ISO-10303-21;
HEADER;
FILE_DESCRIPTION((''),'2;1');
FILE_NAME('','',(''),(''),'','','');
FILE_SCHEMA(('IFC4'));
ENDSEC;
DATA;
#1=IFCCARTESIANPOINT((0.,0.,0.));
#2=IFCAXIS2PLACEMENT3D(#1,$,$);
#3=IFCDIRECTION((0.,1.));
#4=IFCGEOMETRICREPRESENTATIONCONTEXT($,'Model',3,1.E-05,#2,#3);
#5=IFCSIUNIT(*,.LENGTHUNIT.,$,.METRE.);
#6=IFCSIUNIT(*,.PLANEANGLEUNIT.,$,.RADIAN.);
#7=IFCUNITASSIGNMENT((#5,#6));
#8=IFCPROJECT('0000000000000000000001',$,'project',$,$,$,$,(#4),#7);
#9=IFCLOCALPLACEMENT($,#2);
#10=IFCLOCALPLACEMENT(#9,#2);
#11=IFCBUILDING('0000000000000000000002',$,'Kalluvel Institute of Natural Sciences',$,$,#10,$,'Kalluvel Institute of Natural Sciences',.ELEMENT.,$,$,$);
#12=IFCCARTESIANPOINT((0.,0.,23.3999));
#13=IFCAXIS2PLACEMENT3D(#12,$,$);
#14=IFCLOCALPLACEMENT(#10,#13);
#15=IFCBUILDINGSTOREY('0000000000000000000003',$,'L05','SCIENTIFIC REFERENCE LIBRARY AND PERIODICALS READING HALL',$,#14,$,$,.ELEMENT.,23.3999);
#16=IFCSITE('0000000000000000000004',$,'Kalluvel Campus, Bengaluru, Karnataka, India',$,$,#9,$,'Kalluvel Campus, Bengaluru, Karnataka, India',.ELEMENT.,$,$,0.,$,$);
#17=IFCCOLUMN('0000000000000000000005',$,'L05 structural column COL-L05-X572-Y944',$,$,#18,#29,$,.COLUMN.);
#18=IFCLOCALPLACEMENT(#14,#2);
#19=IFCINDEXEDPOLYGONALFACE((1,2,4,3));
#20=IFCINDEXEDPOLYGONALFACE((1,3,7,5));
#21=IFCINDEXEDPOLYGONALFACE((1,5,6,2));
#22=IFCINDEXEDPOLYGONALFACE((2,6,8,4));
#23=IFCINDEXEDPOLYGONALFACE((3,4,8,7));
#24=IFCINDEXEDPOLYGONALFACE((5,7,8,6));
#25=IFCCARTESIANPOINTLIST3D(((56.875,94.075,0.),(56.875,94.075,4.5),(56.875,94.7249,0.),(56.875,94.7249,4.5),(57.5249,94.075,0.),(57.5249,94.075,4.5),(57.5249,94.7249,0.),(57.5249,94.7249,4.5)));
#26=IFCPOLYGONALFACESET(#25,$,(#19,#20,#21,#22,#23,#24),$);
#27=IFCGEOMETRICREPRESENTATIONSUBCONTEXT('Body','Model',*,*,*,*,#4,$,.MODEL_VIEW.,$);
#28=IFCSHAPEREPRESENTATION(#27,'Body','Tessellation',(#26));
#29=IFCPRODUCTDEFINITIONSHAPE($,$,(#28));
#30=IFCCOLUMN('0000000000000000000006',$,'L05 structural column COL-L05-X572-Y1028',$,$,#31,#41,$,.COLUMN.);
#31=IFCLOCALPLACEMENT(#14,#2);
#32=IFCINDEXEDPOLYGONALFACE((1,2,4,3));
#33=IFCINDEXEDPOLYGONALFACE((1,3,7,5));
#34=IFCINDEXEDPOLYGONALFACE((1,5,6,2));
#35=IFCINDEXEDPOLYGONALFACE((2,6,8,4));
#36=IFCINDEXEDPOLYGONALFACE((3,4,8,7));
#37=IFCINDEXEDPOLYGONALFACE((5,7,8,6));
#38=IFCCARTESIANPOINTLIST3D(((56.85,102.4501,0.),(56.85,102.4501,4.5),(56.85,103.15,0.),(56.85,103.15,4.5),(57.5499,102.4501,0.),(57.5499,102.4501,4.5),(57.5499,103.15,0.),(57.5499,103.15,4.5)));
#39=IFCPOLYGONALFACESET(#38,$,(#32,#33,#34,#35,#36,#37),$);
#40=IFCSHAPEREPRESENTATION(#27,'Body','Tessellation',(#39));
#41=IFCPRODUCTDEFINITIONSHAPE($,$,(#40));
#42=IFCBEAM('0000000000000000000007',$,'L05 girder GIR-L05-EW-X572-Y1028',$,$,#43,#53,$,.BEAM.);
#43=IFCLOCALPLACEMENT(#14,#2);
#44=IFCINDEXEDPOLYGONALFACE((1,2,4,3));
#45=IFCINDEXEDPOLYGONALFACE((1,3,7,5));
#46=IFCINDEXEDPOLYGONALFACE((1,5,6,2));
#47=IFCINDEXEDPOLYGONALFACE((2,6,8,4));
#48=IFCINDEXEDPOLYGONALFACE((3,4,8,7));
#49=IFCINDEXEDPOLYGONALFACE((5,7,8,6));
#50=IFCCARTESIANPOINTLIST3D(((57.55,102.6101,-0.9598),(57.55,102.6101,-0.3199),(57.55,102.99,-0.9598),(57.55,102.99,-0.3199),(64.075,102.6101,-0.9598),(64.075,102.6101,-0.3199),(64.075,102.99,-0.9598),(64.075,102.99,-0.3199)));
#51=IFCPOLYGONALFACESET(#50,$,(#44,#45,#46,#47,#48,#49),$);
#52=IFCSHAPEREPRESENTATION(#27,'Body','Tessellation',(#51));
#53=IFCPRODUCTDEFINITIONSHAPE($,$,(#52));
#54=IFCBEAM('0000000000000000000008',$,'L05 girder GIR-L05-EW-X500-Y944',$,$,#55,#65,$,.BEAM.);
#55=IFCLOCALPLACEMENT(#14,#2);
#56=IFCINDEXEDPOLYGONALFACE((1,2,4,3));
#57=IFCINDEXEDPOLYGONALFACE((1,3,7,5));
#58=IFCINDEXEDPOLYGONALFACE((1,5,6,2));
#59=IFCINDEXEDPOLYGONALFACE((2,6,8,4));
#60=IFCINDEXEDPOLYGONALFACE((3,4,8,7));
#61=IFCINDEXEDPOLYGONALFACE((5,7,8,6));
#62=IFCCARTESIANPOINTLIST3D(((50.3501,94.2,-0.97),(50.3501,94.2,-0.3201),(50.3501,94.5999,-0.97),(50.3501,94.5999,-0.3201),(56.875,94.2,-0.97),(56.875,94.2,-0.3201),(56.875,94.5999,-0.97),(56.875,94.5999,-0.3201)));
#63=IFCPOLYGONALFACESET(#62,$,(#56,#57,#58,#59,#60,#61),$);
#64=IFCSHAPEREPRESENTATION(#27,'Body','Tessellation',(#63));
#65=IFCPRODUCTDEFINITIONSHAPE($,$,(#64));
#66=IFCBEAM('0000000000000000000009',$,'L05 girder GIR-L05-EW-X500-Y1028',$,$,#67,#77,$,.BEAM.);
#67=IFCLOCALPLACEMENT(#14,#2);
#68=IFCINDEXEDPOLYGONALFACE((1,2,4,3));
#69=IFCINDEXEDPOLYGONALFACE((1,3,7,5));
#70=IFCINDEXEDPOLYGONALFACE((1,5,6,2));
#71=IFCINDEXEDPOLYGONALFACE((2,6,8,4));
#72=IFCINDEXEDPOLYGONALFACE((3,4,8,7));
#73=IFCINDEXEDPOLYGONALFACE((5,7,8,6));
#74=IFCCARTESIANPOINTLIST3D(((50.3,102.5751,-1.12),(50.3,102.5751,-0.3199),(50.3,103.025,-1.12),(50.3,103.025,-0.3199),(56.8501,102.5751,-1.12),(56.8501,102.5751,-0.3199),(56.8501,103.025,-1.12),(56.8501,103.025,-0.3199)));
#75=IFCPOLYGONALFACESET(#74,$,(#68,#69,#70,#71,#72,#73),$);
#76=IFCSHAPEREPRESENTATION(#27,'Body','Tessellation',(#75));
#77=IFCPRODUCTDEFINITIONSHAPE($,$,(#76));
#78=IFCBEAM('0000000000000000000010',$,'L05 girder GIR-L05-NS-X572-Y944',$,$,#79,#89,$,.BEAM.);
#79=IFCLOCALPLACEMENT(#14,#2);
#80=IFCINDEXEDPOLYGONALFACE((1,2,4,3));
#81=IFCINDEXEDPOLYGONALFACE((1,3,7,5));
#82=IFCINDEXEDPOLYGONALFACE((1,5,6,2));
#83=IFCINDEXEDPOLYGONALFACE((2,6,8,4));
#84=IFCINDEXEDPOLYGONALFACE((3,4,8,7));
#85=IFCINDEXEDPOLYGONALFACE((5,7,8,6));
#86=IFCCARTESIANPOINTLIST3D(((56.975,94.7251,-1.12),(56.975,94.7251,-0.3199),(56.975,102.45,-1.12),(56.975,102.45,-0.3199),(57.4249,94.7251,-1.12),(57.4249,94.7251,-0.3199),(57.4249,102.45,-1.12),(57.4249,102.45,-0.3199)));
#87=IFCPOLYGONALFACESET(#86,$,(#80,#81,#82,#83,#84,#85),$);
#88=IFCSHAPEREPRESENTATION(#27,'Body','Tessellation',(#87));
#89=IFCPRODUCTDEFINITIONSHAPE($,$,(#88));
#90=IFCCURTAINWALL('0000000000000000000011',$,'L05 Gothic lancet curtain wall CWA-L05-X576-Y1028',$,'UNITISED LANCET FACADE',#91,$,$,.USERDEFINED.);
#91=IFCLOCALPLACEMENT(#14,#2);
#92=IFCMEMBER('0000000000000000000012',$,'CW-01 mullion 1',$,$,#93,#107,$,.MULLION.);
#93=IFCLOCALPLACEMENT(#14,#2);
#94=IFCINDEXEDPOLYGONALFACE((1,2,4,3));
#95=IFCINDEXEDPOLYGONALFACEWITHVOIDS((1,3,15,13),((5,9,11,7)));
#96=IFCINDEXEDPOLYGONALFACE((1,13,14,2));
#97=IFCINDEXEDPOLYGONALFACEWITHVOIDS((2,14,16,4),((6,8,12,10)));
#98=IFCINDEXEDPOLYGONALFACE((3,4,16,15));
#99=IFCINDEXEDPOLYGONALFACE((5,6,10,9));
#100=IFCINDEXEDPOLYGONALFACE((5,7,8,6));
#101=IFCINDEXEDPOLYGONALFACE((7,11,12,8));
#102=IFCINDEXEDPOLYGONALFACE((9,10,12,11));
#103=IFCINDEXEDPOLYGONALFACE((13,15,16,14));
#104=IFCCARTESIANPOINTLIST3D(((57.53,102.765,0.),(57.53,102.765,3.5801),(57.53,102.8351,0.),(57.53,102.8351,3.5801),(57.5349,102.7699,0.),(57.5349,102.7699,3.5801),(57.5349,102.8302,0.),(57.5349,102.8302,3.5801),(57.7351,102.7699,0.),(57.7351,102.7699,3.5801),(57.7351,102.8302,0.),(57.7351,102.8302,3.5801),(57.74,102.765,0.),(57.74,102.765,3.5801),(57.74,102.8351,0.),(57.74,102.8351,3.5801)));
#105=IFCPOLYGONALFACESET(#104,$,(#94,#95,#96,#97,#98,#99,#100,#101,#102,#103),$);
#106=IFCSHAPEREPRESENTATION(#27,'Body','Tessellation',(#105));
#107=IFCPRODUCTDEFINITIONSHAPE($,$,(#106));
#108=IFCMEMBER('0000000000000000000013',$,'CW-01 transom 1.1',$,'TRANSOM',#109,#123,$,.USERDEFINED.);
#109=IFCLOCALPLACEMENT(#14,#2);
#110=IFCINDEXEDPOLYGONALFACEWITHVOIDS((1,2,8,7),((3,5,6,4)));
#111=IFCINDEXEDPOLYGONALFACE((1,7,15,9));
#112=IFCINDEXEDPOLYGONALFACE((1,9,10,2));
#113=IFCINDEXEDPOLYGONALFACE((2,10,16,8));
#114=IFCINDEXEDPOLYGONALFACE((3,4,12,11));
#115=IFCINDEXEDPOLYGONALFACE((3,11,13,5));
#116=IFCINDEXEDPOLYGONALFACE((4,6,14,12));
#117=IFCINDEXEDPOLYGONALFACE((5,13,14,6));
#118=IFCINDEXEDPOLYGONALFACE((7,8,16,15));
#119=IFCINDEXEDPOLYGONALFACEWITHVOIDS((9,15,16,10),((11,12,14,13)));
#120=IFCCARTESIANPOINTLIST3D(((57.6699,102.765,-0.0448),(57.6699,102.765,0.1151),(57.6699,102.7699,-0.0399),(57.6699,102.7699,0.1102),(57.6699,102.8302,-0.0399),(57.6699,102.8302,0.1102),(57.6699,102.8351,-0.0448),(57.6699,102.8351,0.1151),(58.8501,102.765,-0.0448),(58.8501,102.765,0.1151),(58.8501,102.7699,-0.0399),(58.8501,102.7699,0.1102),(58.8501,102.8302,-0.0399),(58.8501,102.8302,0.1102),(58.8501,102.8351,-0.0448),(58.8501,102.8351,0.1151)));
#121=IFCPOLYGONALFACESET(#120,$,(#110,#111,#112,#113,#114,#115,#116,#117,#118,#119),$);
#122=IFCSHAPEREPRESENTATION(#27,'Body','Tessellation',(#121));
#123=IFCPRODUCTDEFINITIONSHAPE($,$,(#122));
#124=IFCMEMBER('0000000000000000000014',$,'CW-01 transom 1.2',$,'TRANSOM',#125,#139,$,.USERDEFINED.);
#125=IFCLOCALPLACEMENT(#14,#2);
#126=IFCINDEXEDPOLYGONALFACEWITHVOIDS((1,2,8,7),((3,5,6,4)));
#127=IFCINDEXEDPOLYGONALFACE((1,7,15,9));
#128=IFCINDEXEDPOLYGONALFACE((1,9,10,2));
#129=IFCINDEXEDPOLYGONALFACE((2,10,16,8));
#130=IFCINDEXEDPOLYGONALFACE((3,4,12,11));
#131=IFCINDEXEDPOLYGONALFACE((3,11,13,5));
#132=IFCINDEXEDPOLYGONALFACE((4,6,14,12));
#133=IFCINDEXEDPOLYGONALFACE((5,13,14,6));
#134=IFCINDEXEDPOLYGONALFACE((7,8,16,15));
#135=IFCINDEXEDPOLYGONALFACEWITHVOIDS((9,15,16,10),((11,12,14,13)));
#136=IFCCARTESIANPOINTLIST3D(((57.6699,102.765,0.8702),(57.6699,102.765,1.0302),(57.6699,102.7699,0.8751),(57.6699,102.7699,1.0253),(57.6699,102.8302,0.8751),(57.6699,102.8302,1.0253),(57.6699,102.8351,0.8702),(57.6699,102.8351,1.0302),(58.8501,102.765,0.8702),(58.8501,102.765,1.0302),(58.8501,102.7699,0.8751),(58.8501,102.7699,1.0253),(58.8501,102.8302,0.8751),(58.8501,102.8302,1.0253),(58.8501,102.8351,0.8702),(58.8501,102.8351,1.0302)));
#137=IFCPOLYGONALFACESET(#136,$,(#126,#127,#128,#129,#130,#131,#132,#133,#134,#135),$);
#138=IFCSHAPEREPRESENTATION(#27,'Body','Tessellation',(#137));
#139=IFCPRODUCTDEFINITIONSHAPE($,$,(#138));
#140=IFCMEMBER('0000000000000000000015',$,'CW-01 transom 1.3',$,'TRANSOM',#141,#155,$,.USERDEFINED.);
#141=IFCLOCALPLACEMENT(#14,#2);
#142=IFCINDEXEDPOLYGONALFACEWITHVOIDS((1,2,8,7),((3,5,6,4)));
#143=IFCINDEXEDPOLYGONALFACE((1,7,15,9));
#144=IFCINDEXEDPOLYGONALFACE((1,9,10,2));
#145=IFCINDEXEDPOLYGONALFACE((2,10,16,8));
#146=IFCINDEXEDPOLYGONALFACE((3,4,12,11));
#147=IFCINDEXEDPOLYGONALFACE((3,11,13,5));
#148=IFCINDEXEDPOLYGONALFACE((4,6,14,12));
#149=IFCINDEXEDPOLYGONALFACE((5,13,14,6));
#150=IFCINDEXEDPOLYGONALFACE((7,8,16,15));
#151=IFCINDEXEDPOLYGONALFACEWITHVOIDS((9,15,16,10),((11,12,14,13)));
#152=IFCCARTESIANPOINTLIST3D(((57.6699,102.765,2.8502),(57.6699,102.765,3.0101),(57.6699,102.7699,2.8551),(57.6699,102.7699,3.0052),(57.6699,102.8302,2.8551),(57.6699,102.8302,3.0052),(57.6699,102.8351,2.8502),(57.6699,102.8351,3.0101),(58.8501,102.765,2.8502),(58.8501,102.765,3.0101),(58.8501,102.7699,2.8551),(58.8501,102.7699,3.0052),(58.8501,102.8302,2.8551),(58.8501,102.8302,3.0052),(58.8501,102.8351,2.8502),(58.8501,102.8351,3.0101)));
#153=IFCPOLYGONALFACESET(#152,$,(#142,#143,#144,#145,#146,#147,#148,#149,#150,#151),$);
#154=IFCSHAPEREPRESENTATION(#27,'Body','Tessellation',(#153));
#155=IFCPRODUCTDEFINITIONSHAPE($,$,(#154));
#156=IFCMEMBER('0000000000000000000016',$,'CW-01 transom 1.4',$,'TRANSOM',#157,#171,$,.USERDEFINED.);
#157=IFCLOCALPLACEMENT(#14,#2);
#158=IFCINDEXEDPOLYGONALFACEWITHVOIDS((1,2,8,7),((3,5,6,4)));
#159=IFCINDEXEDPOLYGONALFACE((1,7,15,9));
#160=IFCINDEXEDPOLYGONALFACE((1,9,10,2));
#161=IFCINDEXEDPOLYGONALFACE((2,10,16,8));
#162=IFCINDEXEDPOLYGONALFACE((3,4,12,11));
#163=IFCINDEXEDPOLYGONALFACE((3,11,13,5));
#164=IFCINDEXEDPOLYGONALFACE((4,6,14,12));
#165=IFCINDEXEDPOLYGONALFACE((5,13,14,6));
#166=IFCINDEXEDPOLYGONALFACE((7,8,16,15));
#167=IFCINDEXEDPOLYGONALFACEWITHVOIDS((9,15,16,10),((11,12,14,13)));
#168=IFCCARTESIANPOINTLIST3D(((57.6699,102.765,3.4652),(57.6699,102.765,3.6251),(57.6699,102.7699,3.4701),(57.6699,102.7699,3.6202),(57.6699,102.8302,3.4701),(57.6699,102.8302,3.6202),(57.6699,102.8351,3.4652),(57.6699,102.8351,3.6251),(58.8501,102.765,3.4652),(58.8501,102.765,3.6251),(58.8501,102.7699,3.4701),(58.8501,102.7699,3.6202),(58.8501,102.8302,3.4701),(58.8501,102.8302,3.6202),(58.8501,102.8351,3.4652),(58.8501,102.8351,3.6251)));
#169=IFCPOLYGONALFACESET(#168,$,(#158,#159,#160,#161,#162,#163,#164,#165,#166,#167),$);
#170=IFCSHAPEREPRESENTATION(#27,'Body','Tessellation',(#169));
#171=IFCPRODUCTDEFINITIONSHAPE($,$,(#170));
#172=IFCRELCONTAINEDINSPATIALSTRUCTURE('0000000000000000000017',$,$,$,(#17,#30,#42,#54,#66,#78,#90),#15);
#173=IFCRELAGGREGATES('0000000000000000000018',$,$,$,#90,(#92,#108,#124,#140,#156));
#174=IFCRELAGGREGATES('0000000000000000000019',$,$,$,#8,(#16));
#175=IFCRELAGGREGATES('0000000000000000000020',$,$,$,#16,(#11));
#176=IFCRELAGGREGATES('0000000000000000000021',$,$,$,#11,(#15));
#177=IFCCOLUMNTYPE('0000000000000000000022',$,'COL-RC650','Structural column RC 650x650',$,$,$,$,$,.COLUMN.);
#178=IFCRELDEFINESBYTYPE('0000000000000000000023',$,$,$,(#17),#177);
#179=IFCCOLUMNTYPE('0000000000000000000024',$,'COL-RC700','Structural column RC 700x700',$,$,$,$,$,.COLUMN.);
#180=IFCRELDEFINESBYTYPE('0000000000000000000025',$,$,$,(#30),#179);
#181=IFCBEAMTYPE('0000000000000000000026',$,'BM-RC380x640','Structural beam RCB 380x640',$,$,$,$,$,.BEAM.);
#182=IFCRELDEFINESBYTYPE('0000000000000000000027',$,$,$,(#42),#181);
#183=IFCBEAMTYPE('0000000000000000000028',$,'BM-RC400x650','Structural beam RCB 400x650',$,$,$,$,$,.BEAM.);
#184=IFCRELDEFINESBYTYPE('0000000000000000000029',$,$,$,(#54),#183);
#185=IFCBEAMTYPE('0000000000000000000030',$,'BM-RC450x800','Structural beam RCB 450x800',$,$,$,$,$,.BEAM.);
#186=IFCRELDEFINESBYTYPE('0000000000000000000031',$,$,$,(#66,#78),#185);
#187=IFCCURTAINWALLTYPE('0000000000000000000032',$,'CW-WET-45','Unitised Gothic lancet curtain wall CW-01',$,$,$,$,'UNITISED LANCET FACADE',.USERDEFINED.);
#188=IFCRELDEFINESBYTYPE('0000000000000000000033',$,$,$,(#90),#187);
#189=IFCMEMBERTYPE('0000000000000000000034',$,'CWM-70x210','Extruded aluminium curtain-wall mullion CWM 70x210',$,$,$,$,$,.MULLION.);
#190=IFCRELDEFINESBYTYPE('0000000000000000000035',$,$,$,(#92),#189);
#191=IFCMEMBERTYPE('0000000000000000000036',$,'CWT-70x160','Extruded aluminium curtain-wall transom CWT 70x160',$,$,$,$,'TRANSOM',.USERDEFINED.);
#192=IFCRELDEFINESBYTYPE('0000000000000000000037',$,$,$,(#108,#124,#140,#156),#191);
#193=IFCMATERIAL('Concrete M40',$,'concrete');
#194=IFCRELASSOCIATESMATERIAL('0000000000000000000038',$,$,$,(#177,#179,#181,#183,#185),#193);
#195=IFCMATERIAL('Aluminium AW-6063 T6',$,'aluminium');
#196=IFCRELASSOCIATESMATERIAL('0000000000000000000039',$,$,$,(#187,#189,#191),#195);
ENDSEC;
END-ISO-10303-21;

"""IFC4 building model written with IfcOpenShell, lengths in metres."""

from ifc_helpers import new_model, si_unit, direction, frame, origin, origin_2d, place, context, subcontext, project, spatial, rectangle, hollow_rectangle, extrude, material, material_profile, profile_set, type_object, element, aggregate, save


model = new_model("IFC4")

# Units and contexts
model_context = context("Model", 3, precision=1e-05, world=origin(), true_north=direction((0.0, 1.0)))
body_context = subcontext(model_context, "Body", "Model", "MODEL_VIEW")
ifc_project = project(units=[si_unit("LENGTHUNIT", "METRE"), si_unit("PLANEANGLEUNIT", "RADIAN")], contexts=[model_context])

# Site, building, storey
site_placement = place(None, origin())
site = spatial("IfcSite", under=ifc_project, at=site_placement, Name="Kalluvel Campus, Bengaluru, Karnataka, India", LongName="Kalluvel Campus, Bengaluru, Karnataka, India", CompositionType="ELEMENT", RefElevation=0.0)
building_placement = place(site_placement, origin())
building = spatial("IfcBuilding", under=site, at=building_placement, Name="Kalluvel Institute of Natural Sciences", LongName="Kalluvel Institute of Natural Sciences", CompositionType="ELEMENT")
storey_placement = place(building_placement, frame((0.0, 0.0, 23.3999)))
storey = spatial("IfcBuildingStorey", under=building, at=storey_placement, Name="L05", Description="SCIENTIFIC REFERENCE LIBRARY AND PERIODICALS READING HALL", CompositionType="ELEMENT", Elevation=23.3999)

# Columns
ifc_material_1 = material(Name="Concrete M40", Category="concrete")
ifc_material_profile_1 = material_profile(ifc_material_1, rectangle(XDim=0.6499, YDim=0.6499, at=origin_2d()), Name="RC 650x650")
ifc_profile_set_1 = profile_set([ifc_material_profile_1], Name="Concrete M40")
column_type_1 = type_object("IfcColumnType", Name="COL-RC650", Description="Structural column RC 650x650", PredefinedType="COLUMN", material=ifc_profile_set_1)
column_1_placement = place(storey_placement, frame((57.2, 94.3999, 0.0), z_axis=(0.0, 0.0, 1.0), x_axis=(1.0, 0.0, 0.0)))
element("IfcColumn", 1, at=column_1_placement, inside=storey, type_object=column_type_1, Name="L05 structural column COL-L05-X572-Y944", PredefinedType="COLUMN", context=body_context, shape_type="SweptSolid", body=[
    extrude(rectangle(XDim=0.6499, YDim=0.6499, at=origin_2d()), origin(), (0.0, 0.0, 1.0), 4.5),
])
ifc_material_profile_2 = material_profile(ifc_material_1, rectangle(XDim=0.7, YDim=0.7, at=origin_2d()), Name="RC 700x700")
ifc_profile_set_2 = profile_set([ifc_material_profile_2], Name="Concrete M40")
column_type_2 = type_object("IfcColumnType", Name="COL-RC700", Description="Structural column RC 700x700", PredefinedType="COLUMN", material=ifc_profile_set_2)
column_2_placement = place(storey_placement, frame((57.2, 102.8, 0.0), z_axis=(0.0, 0.0, 1.0), x_axis=(1.0, 0.0, 0.0)))
element("IfcColumn", 2, at=column_2_placement, inside=storey, type_object=column_type_2, Name="L05 structural column COL-L05-X572-Y1028", PredefinedType="COLUMN", context=body_context, shape_type="SweptSolid", body=[
    extrude(rectangle(XDim=0.7, YDim=0.7, at=origin_2d()), origin(), (0.0, 0.0, 1.0), 4.5),
])

# Beams
ifc_material_profile_3 = material_profile(ifc_material_1, rectangle(XDim=0.3799, YDim=0.6399, at=origin_2d()), Name="RCB 380x640")
ifc_profile_set_3 = profile_set([ifc_material_profile_3], Name="Concrete M40")
beam_type_1 = type_object("IfcBeamType", Name="BM-RC380x640", Description="Structural beam RCB 380x640", PredefinedType="BEAM", material=ifc_profile_set_3)
beam_1_placement = place(storey_placement, frame((57.55, 102.8, -0.6399), z_axis=(1.0, 0.0, 0.0), x_axis=(0.0, 1.0, 0.0)))
element("IfcBeam", 3, at=beam_1_placement, inside=storey, type_object=beam_type_1, Name="L05 girder GIR-L05-EW-X572-Y1028", PredefinedType="BEAM", context=body_context, shape_type="SweptSolid", body=[
    extrude(rectangle(XDim=0.3799, YDim=0.6399, at=origin_2d()), origin(), (0.0, 0.0, 1.0), 6.5249),
])
ifc_material_profile_4 = material_profile(ifc_material_1, rectangle(XDim=0.3999, YDim=0.6499, at=origin_2d()), Name="RCB 400x650")
ifc_profile_set_4 = profile_set([ifc_material_profile_4], Name="Concrete M40")
beam_type_2 = type_object("IfcBeamType", Name="BM-RC400x650", Description="Structural beam RCB 400x650", PredefinedType="BEAM", material=ifc_profile_set_4)
beam_2_placement = place(storey_placement, frame((50.3501, 94.3999, -0.645), z_axis=(1.0, 0.0, 0.0), x_axis=(0.0, 1.0, 0.0)))
element("IfcBeam", 4, at=beam_2_placement, inside=storey, type_object=beam_type_2, Name="L05 girder GIR-L05-EW-X500-Y944", PredefinedType="BEAM", context=body_context, shape_type="SweptSolid", body=[
    extrude(rectangle(XDim=0.3999, YDim=0.6499, at=origin_2d()), origin(), (0.0, 0.0, 1.0), 6.5249),
])
ifc_material_profile_5 = material_profile(ifc_material_1, rectangle(XDim=0.45, YDim=0.8, at=origin_2d()), Name="RCB 450x800")
ifc_profile_set_5 = profile_set([ifc_material_profile_5], Name="Concrete M40")
beam_type_3 = type_object("IfcBeamType", Name="BM-RC450x800", Description="Structural beam RCB 450x800", PredefinedType="BEAM", material=ifc_profile_set_5)
beam_3_placement = place(storey_placement, frame((50.3, 102.8, -0.72), z_axis=(1.0, 0.0, 0.0), x_axis=(0.0, 1.0, 0.0)))
element("IfcBeam", 5, at=beam_3_placement, inside=storey, type_object=beam_type_3, Name="L05 girder GIR-L05-EW-X500-Y1028", PredefinedType="BEAM", context=body_context, shape_type="SweptSolid", body=[
    extrude(rectangle(XDim=0.45, YDim=0.8, at=origin_2d()), origin(), (0.0, 0.0, 1.0), 6.55),
])
beam_4_placement = place(storey_placement, frame((57.2, 94.7251, -0.72), z_axis=(0.0, 1.0, 0.0), x_axis=(-1.0, 0.0, 0.0)))
element("IfcBeam", 6, at=beam_4_placement, inside=storey, type_object=beam_type_3, Name="L05 girder GIR-L05-NS-X572-Y944", PredefinedType="BEAM", context=body_context, shape_type="SweptSolid", body=[
    extrude(rectangle(XDim=0.45, YDim=0.8, at=origin_2d()), origin(), (0.0, 0.0, 1.0), 7.7249),
])

# Curtain wall, members
ifc_material_2 = material(Name="Aluminium AW-6063 T6", Category="aluminium")
curtain_wall_type = type_object("IfcCurtainWallType", Name="CW-WET-45", Description="Unitised Gothic lancet curtain wall CW-01", ElementType="UNITISED LANCET FACADE", PredefinedType="USERDEFINED", material=ifc_material_2)
curtain_wall_placement = place(storey_placement, origin())
curtain_wall = element("IfcCurtainWall", 7, at=curtain_wall_placement, inside=storey, type_object=curtain_wall_type, Name="L05 Gothic lancet curtain wall CWA-L05-X576-Y1028", ObjectType="UNITISED LANCET FACADE", PredefinedType="USERDEFINED")
ifc_material_profile_6 = material_profile(ifc_material_2, hollow_rectangle(XDim=0.0701, YDim=0.21, WallThickness=0.0049, at=origin_2d()), Name="CWM 70x210")
ifc_profile_set_6 = profile_set([ifc_material_profile_6], Name="Aluminium AW-6063 T6")
member_type_1 = type_object("IfcMemberType", Name="CWM-70x210", Description="Extruded aluminium curtain-wall mullion CWM 70x210", PredefinedType="MULLION", material=ifc_profile_set_6)
member_1_placement = place(storey_placement, frame((57.635, 102.8, 0.0), z_axis=(0.0, 0.0, 1.0), x_axis=(0.0, 1.0, 0.0)))
member_1 = element("IfcMember", 8, at=member_1_placement, type_object=member_type_1, Name="CW-01 mullion 1", PredefinedType="MULLION", context=body_context, shape_type="SweptSolid", body=[
    extrude(hollow_rectangle(XDim=0.0701, YDim=0.21, WallThickness=0.0049, at=origin_2d()), origin(), (0.0, 0.0, 1.0), 3.5801),
])
ifc_material_profile_7 = material_profile(ifc_material_2, hollow_rectangle(XDim=0.0701, YDim=0.1599, WallThickness=0.0049, at=origin_2d()), Name="CWT 70x160")
ifc_profile_set_7 = profile_set([ifc_material_profile_7], Name="Aluminium AW-6063 T6")
member_type_2 = type_object("IfcMemberType", Name="CWT-70x160", Description="Extruded aluminium curtain-wall transom CWT 70x160", ElementType="TRANSOM", PredefinedType="USERDEFINED", material=ifc_profile_set_7)
member_2_placement = place(storey_placement, frame((57.6699, 102.8, 0.0352), z_axis=(1.0, 0.0, 0.0), x_axis=(0.0, 1.0, 0.0)))
member_2 = element("IfcMember", 9, at=member_2_placement, type_object=member_type_2, Name="CW-01 transom 1.1", ObjectType="TRANSOM", PredefinedType="USERDEFINED", context=body_context, shape_type="SweptSolid", body=[
    extrude(hollow_rectangle(XDim=0.0701, YDim=0.1599, WallThickness=0.0049, at=origin_2d()), origin(), (0.0, 0.0, 1.0), 1.1802),
])
member_3_placement = place(storey_placement, frame((57.6699, 102.8, 0.9502), z_axis=(1.0, 0.0, 0.0), x_axis=(0.0, 1.0, 0.0)))
member_3 = element("IfcMember", 10, at=member_3_placement, type_object=member_type_2, Name="CW-01 transom 1.2", ObjectType="TRANSOM", PredefinedType="USERDEFINED", context=body_context, shape_type="SweptSolid", body=[
    extrude(hollow_rectangle(XDim=0.0701, YDim=0.1599, WallThickness=0.0049, at=origin_2d()), origin(), (0.0, 0.0, 1.0), 1.1802),
])
member_4_placement = place(storey_placement, frame((57.6699, 102.8, 2.9302), z_axis=(1.0, 0.0, 0.0), x_axis=(0.0, 1.0, 0.0)))
member_4 = element("IfcMember", 11, at=member_4_placement, type_object=member_type_2, Name="CW-01 transom 1.3", ObjectType="TRANSOM", PredefinedType="USERDEFINED", context=body_context, shape_type="SweptSolid", body=[
    extrude(hollow_rectangle(XDim=0.0701, YDim=0.1599, WallThickness=0.0049, at=origin_2d()), origin(), (0.0, 0.0, 1.0), 1.1802),
])
member_5_placement = place(storey_placement, frame((57.6699, 102.8, 3.5452), z_axis=(1.0, 0.0, 0.0), x_axis=(0.0, 1.0, 0.0)))
member_5 = element("IfcMember", 12, at=member_5_placement, type_object=member_type_2, Name="CW-01 transom 1.4", ObjectType="TRANSOM", PredefinedType="USERDEFINED", context=body_context, shape_type="SweptSolid", body=[
    extrude(hollow_rectangle(XDim=0.0701, YDim=0.1599, WallThickness=0.0049, at=origin_2d()), origin(), (0.0, 0.0, 1.0), 1.1802),
])
aggregate(curtain_wall, [member_1, member_2, member_3, member_4, member_5])

save(model, "model.ifc")
